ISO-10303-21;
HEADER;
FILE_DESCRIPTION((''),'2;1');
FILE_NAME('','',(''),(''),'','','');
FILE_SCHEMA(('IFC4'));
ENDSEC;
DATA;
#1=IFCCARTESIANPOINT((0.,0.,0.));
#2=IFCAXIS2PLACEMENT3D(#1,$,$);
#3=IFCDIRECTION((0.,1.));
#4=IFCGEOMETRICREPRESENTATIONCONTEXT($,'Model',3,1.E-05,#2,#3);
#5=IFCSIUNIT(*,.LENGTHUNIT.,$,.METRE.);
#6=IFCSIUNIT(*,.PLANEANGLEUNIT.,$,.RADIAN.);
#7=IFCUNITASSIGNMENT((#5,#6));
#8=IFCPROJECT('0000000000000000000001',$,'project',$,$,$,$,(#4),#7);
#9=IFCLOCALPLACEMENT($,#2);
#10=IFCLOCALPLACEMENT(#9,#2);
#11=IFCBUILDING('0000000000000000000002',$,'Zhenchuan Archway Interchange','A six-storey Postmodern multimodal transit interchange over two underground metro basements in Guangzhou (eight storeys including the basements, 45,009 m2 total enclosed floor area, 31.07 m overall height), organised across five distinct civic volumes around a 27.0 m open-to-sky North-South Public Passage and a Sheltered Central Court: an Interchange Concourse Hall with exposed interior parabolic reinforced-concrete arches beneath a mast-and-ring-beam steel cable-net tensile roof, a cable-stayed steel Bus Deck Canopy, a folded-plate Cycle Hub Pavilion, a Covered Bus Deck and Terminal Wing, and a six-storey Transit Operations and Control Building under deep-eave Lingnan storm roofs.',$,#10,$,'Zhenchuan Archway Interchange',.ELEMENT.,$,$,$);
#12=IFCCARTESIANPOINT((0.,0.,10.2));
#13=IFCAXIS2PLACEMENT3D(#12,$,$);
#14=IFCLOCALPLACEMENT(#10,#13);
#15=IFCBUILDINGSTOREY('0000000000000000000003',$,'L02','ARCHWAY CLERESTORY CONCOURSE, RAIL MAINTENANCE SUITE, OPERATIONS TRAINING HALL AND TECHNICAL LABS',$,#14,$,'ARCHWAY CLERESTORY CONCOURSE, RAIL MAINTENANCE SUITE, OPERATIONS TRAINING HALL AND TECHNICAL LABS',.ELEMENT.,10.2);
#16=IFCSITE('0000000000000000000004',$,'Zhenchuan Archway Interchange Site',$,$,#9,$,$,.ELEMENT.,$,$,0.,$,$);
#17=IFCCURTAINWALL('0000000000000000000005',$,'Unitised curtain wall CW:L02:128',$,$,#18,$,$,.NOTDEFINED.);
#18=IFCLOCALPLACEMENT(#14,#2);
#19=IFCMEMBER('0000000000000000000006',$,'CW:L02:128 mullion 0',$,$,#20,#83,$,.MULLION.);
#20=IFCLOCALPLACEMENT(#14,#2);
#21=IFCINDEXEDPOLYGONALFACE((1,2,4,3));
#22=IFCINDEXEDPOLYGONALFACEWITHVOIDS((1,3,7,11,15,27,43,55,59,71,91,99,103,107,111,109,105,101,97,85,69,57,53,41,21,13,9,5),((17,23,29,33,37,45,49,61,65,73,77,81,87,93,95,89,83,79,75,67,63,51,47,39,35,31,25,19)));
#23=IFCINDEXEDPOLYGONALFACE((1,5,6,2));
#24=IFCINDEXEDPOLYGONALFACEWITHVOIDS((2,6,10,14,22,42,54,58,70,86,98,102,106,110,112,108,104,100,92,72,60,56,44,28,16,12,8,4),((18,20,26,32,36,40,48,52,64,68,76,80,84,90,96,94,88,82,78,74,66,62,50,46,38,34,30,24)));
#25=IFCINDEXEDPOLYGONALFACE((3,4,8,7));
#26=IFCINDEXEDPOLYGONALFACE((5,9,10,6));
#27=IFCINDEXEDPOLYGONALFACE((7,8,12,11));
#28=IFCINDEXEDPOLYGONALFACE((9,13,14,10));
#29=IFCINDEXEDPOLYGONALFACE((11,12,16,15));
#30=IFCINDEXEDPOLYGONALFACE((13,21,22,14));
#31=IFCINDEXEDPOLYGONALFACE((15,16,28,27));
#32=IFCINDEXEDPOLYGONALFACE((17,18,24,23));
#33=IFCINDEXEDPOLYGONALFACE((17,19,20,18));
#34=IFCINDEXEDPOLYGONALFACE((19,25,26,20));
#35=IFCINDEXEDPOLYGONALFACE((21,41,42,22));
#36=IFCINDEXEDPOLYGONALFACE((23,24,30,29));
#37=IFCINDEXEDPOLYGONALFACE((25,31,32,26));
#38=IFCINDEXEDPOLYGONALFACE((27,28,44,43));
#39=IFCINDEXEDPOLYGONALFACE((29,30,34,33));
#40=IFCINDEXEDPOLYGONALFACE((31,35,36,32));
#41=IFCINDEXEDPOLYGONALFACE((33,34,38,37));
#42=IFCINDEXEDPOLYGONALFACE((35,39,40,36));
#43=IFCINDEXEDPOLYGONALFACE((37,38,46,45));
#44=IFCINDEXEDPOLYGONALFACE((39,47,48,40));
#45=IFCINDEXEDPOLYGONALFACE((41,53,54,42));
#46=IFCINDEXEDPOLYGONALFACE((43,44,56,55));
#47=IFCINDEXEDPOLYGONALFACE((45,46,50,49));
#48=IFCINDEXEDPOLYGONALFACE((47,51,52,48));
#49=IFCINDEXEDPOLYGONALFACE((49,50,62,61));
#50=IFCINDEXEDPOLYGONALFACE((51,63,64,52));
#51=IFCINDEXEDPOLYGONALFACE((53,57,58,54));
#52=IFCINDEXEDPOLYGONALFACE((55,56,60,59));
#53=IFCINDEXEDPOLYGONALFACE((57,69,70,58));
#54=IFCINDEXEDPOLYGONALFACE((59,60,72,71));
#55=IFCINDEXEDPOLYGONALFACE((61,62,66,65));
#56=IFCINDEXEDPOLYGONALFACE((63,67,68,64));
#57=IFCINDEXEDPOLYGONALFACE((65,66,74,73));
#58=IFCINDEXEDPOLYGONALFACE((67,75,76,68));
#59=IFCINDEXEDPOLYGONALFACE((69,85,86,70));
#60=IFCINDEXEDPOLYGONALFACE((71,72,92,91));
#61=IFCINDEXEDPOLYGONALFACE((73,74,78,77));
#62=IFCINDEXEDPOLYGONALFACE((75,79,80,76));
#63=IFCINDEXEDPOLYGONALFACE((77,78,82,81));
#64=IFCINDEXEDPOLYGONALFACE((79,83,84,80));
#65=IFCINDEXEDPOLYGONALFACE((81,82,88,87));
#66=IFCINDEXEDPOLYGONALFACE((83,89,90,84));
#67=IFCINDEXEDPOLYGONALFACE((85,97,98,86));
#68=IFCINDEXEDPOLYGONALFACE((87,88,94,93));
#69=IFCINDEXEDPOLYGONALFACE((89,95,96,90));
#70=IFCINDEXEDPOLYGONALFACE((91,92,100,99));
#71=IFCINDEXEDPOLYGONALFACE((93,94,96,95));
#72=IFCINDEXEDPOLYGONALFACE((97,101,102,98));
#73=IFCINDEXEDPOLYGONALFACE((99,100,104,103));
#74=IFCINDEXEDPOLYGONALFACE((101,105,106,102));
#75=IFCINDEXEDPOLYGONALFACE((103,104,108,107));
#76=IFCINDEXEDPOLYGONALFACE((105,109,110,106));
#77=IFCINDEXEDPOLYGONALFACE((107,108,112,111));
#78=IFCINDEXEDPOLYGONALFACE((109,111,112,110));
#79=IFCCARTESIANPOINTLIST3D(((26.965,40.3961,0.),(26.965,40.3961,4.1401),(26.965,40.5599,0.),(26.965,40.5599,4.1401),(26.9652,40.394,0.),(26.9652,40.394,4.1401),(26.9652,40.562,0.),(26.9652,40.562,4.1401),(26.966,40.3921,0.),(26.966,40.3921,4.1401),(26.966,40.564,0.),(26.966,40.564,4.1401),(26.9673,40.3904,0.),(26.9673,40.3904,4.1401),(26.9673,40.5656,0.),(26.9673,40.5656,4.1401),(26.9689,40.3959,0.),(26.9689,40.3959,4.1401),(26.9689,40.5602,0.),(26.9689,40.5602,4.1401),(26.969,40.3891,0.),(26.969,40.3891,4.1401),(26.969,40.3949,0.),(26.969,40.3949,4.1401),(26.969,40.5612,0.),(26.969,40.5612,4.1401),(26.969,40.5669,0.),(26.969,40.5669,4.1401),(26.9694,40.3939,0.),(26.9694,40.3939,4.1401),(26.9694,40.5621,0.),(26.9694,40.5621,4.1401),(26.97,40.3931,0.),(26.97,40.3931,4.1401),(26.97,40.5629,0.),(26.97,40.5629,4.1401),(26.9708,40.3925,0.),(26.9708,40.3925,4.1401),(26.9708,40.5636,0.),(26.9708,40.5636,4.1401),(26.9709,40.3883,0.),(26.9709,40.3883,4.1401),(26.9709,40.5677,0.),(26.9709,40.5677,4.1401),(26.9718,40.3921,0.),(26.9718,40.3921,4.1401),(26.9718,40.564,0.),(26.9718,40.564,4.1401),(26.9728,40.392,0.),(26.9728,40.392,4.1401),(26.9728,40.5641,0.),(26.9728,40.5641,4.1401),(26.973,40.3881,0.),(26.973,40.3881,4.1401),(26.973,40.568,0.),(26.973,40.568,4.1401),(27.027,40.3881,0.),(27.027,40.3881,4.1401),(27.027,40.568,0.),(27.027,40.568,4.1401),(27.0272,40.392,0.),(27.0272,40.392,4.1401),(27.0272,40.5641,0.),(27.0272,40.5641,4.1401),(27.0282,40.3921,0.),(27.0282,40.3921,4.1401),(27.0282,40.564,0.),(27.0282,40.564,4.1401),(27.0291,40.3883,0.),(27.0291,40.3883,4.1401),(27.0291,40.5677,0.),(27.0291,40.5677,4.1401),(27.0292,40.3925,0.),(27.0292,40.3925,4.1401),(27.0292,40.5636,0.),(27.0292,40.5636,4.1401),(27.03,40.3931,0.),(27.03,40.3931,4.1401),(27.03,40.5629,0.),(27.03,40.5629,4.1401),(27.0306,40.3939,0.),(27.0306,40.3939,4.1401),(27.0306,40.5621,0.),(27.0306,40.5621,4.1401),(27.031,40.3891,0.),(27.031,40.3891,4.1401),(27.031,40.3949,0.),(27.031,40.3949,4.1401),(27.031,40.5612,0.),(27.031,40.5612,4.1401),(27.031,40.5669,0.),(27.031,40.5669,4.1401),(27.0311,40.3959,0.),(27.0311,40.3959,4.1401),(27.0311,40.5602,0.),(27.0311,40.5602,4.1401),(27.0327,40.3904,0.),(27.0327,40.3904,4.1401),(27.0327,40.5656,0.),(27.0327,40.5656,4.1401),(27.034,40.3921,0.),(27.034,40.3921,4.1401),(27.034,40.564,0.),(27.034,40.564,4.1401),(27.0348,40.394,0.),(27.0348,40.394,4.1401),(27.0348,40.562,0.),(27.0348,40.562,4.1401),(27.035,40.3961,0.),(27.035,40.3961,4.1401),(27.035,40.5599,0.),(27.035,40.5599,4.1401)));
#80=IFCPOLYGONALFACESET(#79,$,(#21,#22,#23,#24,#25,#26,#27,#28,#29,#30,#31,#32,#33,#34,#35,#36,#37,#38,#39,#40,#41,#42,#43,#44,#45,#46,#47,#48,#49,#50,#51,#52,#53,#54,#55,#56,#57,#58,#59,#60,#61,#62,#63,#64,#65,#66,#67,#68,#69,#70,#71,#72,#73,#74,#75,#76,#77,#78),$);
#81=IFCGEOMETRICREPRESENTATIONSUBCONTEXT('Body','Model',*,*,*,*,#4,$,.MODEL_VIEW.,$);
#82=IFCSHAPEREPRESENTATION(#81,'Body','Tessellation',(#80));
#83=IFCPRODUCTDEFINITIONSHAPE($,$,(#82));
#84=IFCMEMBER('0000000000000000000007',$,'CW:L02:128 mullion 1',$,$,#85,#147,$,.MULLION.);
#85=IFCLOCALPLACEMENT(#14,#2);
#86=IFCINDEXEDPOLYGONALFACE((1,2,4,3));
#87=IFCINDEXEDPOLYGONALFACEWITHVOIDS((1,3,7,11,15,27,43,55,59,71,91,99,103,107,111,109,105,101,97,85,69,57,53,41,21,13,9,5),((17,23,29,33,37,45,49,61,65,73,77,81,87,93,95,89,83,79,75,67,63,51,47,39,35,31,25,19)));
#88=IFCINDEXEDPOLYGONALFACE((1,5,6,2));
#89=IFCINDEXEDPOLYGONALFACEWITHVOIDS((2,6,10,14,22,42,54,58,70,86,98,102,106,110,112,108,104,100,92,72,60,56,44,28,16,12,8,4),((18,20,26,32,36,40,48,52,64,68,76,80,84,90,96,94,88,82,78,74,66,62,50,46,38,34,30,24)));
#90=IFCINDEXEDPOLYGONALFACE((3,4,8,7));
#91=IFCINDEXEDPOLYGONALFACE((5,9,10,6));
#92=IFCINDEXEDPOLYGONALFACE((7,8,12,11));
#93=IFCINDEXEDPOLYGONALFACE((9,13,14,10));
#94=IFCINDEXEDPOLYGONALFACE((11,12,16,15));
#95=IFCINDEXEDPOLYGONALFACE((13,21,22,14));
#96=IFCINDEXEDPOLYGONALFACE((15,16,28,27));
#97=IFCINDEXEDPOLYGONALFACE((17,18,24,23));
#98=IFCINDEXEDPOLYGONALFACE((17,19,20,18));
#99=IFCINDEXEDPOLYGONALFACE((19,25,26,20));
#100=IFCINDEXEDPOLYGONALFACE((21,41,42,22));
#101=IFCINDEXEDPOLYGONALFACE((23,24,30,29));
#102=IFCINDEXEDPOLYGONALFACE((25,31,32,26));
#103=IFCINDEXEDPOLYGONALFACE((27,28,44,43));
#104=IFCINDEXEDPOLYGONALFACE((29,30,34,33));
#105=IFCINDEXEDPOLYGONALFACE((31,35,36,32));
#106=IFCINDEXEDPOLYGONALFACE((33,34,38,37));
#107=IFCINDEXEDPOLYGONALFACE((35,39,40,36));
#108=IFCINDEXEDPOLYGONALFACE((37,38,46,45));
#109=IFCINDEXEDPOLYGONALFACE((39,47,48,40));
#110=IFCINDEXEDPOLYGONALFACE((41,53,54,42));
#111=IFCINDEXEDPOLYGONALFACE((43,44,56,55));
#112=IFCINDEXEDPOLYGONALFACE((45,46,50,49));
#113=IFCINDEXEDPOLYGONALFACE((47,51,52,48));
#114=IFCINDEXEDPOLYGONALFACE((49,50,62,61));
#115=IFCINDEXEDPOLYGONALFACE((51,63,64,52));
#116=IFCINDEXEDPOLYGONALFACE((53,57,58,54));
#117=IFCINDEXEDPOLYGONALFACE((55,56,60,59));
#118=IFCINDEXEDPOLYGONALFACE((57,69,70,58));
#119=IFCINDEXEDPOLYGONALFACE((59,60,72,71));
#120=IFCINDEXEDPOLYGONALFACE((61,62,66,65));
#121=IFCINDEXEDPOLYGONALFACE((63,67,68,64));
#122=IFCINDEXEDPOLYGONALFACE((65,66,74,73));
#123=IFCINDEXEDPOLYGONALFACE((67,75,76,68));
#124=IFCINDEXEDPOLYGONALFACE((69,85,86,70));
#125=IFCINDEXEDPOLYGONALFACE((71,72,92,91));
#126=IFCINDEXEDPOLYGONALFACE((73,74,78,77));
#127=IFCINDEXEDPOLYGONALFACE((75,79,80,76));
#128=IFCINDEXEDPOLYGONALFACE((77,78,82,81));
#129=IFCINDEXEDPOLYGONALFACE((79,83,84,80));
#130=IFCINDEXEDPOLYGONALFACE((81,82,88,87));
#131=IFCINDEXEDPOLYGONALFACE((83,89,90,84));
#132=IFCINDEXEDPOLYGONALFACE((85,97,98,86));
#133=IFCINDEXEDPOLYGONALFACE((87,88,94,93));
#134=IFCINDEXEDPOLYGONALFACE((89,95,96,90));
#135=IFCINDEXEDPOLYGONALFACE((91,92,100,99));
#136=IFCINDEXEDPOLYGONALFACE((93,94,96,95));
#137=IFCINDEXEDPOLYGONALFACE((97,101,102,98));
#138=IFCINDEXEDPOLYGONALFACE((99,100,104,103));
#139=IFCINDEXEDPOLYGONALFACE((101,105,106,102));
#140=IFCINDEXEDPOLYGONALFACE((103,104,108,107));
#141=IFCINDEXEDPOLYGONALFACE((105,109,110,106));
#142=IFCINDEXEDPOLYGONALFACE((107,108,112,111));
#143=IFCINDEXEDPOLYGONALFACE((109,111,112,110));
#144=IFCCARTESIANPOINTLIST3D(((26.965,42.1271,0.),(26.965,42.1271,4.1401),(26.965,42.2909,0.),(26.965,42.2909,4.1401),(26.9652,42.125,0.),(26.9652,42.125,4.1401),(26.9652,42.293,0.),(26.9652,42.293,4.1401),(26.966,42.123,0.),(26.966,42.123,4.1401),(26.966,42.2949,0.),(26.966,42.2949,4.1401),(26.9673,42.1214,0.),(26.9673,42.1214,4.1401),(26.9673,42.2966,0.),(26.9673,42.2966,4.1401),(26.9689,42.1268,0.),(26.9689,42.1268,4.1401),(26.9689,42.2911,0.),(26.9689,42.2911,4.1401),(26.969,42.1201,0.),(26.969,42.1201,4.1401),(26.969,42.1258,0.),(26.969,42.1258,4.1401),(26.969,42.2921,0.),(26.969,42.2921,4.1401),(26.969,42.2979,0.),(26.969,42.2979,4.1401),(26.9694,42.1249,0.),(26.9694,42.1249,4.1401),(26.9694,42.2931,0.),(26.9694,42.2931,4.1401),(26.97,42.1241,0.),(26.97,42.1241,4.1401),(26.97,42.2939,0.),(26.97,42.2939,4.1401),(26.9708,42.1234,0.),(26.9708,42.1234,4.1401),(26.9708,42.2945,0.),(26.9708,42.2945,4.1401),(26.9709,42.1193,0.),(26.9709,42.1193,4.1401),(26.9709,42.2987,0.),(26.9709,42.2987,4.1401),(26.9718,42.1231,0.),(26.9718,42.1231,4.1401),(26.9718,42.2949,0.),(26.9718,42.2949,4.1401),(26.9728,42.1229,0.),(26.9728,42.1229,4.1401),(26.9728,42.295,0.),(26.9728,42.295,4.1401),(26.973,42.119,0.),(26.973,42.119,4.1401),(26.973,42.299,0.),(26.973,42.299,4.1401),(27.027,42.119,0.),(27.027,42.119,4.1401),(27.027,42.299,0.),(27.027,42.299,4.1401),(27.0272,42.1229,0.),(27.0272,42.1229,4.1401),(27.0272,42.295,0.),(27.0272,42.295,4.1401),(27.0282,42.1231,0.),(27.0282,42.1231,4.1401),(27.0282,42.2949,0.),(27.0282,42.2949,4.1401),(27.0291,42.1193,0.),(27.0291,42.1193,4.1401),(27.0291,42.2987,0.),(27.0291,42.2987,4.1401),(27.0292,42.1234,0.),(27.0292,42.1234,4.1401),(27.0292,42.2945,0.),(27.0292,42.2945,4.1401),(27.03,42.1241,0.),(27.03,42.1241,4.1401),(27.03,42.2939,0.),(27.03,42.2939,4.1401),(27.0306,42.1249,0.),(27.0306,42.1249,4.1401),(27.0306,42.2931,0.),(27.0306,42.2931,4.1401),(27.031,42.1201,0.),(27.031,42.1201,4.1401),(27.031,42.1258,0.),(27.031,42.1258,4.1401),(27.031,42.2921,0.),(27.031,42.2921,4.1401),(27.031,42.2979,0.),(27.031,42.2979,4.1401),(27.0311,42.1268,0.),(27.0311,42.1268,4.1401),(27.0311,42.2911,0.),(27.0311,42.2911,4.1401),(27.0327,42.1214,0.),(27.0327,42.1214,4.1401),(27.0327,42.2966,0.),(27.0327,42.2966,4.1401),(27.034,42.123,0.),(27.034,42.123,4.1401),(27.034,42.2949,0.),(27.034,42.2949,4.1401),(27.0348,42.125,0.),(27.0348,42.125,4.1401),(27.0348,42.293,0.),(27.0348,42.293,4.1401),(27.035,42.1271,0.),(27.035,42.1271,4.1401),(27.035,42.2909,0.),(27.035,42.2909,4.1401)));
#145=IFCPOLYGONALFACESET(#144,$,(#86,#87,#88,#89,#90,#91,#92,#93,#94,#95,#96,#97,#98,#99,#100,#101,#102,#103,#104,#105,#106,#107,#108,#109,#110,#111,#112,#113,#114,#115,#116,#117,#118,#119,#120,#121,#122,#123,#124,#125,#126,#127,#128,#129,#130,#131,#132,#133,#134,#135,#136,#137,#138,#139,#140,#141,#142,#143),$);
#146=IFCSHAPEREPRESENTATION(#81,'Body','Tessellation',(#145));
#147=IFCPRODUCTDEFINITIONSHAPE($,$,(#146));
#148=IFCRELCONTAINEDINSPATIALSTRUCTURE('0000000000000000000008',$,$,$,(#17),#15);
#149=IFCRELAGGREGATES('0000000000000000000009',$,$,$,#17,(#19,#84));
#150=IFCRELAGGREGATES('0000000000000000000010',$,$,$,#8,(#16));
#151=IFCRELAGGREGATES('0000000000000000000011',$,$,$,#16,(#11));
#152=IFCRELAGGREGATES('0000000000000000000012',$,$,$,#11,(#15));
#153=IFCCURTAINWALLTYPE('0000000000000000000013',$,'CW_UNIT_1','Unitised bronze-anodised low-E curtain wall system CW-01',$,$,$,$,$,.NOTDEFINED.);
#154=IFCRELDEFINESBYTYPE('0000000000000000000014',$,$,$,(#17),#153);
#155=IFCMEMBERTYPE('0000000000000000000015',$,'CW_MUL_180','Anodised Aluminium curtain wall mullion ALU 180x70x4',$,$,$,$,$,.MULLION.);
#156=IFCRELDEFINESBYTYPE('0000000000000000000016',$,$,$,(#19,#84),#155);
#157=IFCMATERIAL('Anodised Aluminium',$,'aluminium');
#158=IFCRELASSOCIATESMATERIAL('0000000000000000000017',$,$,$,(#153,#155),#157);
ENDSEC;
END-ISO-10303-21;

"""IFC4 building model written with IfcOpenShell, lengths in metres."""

from ifc_helpers import new_model, si_unit, direction, frame, origin, origin_2d, place, context, subcontext, project, spatial, hollow_rectangle, extrude, material, material_profile, profile_set, type_object, element, aggregate, save


model = new_model("IFC4")

# Units and contexts
model_context = context("Model", 3, precision=1e-05, world=origin(), true_north=direction((0.0, 1.0)))
body_context = subcontext(model_context, "Body", "Model", "MODEL_VIEW")
ifc_project = project(units=[si_unit("LENGTHUNIT", "METRE"), si_unit("PLANEANGLEUNIT", "RADIAN")], contexts=[model_context])

# Site, building, storey
site_placement = place(None, origin())
site = spatial("IfcSite", under=ifc_project, at=site_placement, Name="Zhenchuan Archway Interchange Site", CompositionType="ELEMENT", RefElevation=0.0)
building_placement = place(site_placement, origin())
building = spatial("IfcBuilding", under=site, at=building_placement, Name="Zhenchuan Archway Interchange", Description="A six-storey Postmodern multimodal transit interchange over two underground metro basements in Guangzhou (eight storeys including the basements, 45,009 m2 total enclosed floor area, 31.07 m overall height), organised across five distinct civic volumes around a 27.0 m open-to-sky North-South Public Passage and a Sheltered Central Court: an Interchange Concourse Hall with exposed interior parabolic reinforced-concrete arches beneath a mast-and-ring-beam steel cable-net tensile roof, a cable-stayed steel Bus Deck Canopy, a folded-plate Cycle Hub Pavilion, a Covered Bus Deck and Terminal Wing, and a six-storey Transit Operations and Control Building under deep-eave Lingnan storm roofs.", LongName="Zhenchuan Archway Interchange", CompositionType="ELEMENT")
storey_placement = place(building_placement, frame((0.0, 0.0, 10.2)))
storey = spatial("IfcBuildingStorey", under=building, at=storey_placement, Name="L02", Description="ARCHWAY CLERESTORY CONCOURSE, RAIL MAINTENANCE SUITE, OPERATIONS TRAINING HALL AND TECHNICAL LABS", LongName="ARCHWAY CLERESTORY CONCOURSE, RAIL MAINTENANCE SUITE, OPERATIONS TRAINING HALL AND TECHNICAL LABS", CompositionType="ELEMENT", Elevation=10.2)

# Curtain wall, members
ifc_material_1 = material(Name="Anodised Aluminium", Category="aluminium")
curtain_wall_type = type_object("IfcCurtainWallType", Name="CW_UNIT_1", Description="Unitised bronze-anodised low-E curtain wall system CW-01", PredefinedType="NOTDEFINED", material=ifc_material_1)
curtain_wall_placement = place(storey_placement, origin())
curtain_wall = element("IfcCurtainWall", 1, at=curtain_wall_placement, inside=storey, type_object=curtain_wall_type, Name="Unitised curtain wall CW:L02:128", PredefinedType="NOTDEFINED")
ifc_material_profile_1 = material_profile(ifc_material_1, hollow_rectangle(XDim=0.0701, YDim=0.1799, WallThickness=0.0039, InnerFilletRadius=0.0039, OuterFilletRadius=0.0081, at=origin_2d()), Name="ALU 180x70x4")
ifc_profile_set_1 = profile_set([ifc_material_profile_1], Name="Anodised Aluminium")
member_type_1 = type_object("IfcMemberType", Name="CW_MUL_180", Description="Anodised Aluminium curtain wall mullion ALU 180x70x4", PredefinedType="MULLION", material=ifc_profile_set_1)
member_1_placement = place(storey_placement, frame((27.0, 40.478, 0.0), z_axis=(0.0, 0.0, 1.0), x_axis=(1.0, 0.0, 0.0)))
member_1 = element("IfcMember", 2, at=member_1_placement, type_object=member_type_1, Name="CW:L02:128 mullion 0", PredefinedType="MULLION", context=body_context, shape_type="SweptSolid", body=[
    extrude(hollow_rectangle(XDim=0.0701, YDim=0.1799, WallThickness=0.0039, InnerFilletRadius=0.0039, OuterFilletRadius=0.0081, at=origin_2d()), origin(), (0.0, 0.0, 1.0), 4.1401),
])
member_2_placement = place(storey_placement, frame((27.0, 42.209, 0.0), z_axis=(0.0, 0.0, 1.0), x_axis=(1.0, 0.0, 0.0)))
member_2 = element("IfcMember", 3, at=member_2_placement, type_object=member_type_1, Name="CW:L02:128 mullion 1", PredefinedType="MULLION", context=body_context, shape_type="SweptSolid", body=[
    extrude(hollow_rectangle(XDim=0.0701, YDim=0.1799, WallThickness=0.0039, InnerFilletRadius=0.0039, OuterFilletRadius=0.0081, at=origin_2d()), origin(), (0.0, 0.0, 1.0), 4.1401),
])
aggregate(curtain_wall, [member_1, member_2])

save(model, "model.ifc")
